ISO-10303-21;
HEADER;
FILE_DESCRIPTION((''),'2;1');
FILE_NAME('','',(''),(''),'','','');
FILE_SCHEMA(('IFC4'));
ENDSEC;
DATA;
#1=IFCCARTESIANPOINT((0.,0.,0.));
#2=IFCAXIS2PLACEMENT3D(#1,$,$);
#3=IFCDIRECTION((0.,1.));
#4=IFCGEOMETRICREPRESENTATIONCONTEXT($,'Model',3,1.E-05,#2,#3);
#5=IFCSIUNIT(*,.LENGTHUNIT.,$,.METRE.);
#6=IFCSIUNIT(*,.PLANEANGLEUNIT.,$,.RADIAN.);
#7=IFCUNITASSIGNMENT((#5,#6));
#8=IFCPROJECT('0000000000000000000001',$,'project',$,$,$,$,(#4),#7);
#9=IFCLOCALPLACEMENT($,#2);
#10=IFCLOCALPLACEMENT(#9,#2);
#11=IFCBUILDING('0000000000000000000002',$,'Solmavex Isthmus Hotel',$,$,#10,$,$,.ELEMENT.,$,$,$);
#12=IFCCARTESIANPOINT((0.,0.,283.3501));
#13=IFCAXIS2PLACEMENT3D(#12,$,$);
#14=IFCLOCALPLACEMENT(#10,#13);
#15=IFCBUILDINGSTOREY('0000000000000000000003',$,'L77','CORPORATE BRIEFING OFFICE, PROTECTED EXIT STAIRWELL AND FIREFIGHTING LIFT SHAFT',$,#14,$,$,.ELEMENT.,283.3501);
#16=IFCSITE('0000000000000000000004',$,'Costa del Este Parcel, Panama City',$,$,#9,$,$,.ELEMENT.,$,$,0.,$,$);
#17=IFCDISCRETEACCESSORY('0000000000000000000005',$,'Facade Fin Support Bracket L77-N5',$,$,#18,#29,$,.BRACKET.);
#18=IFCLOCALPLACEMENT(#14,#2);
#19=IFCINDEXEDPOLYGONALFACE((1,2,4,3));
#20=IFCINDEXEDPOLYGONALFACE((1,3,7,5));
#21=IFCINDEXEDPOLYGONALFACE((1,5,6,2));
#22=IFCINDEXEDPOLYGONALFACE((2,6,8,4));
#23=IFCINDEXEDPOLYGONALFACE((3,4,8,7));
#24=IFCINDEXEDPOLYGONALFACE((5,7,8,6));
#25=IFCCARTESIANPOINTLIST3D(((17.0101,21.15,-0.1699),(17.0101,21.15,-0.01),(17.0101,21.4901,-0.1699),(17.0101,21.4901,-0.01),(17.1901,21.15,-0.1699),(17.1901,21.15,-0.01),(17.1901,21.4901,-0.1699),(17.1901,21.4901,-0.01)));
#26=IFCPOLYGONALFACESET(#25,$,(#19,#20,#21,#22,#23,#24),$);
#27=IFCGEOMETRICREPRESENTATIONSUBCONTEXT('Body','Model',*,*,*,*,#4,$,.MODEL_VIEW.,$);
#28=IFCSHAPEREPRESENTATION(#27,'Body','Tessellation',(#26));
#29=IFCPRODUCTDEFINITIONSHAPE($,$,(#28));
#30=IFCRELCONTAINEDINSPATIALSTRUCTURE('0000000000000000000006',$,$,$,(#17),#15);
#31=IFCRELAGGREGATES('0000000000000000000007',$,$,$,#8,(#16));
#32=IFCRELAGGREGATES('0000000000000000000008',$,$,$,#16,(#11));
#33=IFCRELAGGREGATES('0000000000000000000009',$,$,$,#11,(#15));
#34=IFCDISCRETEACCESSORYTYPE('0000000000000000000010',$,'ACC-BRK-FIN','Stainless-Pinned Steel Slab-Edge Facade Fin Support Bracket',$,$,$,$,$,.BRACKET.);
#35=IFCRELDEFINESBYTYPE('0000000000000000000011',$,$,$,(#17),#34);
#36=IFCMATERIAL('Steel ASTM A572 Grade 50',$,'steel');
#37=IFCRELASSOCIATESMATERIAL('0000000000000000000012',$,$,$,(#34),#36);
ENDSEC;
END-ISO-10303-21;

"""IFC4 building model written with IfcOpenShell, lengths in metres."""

from ifc_helpers import new_model, si_unit, direction, frame, origin, origin_2d, place, context, subcontext, project, spatial, rectangle, extrude, material, type_object, element, save


model = new_model("IFC4")

# Units and contexts
model_context = context("Model", 3, precision=1e-05, world=origin(), true_north=direction((0.0, 1.0)))
body_context = subcontext(model_context, "Body", "Model", "MODEL_VIEW")
ifc_project = project(units=[si_unit("LENGTHUNIT", "METRE"), si_unit("PLANEANGLEUNIT", "RADIAN")], contexts=[model_context])

# Site, building, storey
site_placement = place(None, origin())
site = spatial("IfcSite", under=ifc_project, at=site_placement, Name="Costa del Este Parcel, Panama City", CompositionType="ELEMENT", RefElevation=0.0)
building_placement = place(site_placement, origin())
building = spatial("IfcBuilding", under=site, at=building_placement, Name="Solmavex Isthmus Hotel", CompositionType="ELEMENT")
storey_placement = place(building_placement, frame((0.0, 0.0, 283.3501)))
storey = spatial("IfcBuildingStorey", under=building, at=storey_placement, Name="L77", Description="CORPORATE BRIEFING OFFICE, PROTECTED EXIT STAIRWELL AND FIREFIGHTING LIFT SHAFT", CompositionType="ELEMENT", Elevation=283.3501)

# Discrete accessory
ifc_material_1 = material(Name="Steel ASTM A572 Grade 50", Category="steel")
discrete_accessory_type = type_object("IfcDiscreteAccessoryType", Name="ACC-BRK-FIN", Description="Stainless-Pinned Steel Slab-Edge Facade Fin Support Bracket", PredefinedType="BRACKET", material=ifc_material_1)
discrete_accessory_placement = place(storey_placement, frame((17.1001, 21.3201, -0.1699), z_axis=(0.0, 0.0, 1.0), x_axis=(0.0, 1.0, 0.0)))
element("IfcDiscreteAccessory", 1, at=discrete_accessory_placement, inside=storey, type_object=discrete_accessory_type, Name="Facade Fin Support Bracket L77-N5", PredefinedType="BRACKET", context=body_context, shape_type="SweptSolid", body=[
    extrude(rectangle(XDim=0.3401, YDim=0.1799, at=origin_2d()), origin(), (0.0, 0.0, 1.0), 0.1599),
])

save(model, "model.ifc")
